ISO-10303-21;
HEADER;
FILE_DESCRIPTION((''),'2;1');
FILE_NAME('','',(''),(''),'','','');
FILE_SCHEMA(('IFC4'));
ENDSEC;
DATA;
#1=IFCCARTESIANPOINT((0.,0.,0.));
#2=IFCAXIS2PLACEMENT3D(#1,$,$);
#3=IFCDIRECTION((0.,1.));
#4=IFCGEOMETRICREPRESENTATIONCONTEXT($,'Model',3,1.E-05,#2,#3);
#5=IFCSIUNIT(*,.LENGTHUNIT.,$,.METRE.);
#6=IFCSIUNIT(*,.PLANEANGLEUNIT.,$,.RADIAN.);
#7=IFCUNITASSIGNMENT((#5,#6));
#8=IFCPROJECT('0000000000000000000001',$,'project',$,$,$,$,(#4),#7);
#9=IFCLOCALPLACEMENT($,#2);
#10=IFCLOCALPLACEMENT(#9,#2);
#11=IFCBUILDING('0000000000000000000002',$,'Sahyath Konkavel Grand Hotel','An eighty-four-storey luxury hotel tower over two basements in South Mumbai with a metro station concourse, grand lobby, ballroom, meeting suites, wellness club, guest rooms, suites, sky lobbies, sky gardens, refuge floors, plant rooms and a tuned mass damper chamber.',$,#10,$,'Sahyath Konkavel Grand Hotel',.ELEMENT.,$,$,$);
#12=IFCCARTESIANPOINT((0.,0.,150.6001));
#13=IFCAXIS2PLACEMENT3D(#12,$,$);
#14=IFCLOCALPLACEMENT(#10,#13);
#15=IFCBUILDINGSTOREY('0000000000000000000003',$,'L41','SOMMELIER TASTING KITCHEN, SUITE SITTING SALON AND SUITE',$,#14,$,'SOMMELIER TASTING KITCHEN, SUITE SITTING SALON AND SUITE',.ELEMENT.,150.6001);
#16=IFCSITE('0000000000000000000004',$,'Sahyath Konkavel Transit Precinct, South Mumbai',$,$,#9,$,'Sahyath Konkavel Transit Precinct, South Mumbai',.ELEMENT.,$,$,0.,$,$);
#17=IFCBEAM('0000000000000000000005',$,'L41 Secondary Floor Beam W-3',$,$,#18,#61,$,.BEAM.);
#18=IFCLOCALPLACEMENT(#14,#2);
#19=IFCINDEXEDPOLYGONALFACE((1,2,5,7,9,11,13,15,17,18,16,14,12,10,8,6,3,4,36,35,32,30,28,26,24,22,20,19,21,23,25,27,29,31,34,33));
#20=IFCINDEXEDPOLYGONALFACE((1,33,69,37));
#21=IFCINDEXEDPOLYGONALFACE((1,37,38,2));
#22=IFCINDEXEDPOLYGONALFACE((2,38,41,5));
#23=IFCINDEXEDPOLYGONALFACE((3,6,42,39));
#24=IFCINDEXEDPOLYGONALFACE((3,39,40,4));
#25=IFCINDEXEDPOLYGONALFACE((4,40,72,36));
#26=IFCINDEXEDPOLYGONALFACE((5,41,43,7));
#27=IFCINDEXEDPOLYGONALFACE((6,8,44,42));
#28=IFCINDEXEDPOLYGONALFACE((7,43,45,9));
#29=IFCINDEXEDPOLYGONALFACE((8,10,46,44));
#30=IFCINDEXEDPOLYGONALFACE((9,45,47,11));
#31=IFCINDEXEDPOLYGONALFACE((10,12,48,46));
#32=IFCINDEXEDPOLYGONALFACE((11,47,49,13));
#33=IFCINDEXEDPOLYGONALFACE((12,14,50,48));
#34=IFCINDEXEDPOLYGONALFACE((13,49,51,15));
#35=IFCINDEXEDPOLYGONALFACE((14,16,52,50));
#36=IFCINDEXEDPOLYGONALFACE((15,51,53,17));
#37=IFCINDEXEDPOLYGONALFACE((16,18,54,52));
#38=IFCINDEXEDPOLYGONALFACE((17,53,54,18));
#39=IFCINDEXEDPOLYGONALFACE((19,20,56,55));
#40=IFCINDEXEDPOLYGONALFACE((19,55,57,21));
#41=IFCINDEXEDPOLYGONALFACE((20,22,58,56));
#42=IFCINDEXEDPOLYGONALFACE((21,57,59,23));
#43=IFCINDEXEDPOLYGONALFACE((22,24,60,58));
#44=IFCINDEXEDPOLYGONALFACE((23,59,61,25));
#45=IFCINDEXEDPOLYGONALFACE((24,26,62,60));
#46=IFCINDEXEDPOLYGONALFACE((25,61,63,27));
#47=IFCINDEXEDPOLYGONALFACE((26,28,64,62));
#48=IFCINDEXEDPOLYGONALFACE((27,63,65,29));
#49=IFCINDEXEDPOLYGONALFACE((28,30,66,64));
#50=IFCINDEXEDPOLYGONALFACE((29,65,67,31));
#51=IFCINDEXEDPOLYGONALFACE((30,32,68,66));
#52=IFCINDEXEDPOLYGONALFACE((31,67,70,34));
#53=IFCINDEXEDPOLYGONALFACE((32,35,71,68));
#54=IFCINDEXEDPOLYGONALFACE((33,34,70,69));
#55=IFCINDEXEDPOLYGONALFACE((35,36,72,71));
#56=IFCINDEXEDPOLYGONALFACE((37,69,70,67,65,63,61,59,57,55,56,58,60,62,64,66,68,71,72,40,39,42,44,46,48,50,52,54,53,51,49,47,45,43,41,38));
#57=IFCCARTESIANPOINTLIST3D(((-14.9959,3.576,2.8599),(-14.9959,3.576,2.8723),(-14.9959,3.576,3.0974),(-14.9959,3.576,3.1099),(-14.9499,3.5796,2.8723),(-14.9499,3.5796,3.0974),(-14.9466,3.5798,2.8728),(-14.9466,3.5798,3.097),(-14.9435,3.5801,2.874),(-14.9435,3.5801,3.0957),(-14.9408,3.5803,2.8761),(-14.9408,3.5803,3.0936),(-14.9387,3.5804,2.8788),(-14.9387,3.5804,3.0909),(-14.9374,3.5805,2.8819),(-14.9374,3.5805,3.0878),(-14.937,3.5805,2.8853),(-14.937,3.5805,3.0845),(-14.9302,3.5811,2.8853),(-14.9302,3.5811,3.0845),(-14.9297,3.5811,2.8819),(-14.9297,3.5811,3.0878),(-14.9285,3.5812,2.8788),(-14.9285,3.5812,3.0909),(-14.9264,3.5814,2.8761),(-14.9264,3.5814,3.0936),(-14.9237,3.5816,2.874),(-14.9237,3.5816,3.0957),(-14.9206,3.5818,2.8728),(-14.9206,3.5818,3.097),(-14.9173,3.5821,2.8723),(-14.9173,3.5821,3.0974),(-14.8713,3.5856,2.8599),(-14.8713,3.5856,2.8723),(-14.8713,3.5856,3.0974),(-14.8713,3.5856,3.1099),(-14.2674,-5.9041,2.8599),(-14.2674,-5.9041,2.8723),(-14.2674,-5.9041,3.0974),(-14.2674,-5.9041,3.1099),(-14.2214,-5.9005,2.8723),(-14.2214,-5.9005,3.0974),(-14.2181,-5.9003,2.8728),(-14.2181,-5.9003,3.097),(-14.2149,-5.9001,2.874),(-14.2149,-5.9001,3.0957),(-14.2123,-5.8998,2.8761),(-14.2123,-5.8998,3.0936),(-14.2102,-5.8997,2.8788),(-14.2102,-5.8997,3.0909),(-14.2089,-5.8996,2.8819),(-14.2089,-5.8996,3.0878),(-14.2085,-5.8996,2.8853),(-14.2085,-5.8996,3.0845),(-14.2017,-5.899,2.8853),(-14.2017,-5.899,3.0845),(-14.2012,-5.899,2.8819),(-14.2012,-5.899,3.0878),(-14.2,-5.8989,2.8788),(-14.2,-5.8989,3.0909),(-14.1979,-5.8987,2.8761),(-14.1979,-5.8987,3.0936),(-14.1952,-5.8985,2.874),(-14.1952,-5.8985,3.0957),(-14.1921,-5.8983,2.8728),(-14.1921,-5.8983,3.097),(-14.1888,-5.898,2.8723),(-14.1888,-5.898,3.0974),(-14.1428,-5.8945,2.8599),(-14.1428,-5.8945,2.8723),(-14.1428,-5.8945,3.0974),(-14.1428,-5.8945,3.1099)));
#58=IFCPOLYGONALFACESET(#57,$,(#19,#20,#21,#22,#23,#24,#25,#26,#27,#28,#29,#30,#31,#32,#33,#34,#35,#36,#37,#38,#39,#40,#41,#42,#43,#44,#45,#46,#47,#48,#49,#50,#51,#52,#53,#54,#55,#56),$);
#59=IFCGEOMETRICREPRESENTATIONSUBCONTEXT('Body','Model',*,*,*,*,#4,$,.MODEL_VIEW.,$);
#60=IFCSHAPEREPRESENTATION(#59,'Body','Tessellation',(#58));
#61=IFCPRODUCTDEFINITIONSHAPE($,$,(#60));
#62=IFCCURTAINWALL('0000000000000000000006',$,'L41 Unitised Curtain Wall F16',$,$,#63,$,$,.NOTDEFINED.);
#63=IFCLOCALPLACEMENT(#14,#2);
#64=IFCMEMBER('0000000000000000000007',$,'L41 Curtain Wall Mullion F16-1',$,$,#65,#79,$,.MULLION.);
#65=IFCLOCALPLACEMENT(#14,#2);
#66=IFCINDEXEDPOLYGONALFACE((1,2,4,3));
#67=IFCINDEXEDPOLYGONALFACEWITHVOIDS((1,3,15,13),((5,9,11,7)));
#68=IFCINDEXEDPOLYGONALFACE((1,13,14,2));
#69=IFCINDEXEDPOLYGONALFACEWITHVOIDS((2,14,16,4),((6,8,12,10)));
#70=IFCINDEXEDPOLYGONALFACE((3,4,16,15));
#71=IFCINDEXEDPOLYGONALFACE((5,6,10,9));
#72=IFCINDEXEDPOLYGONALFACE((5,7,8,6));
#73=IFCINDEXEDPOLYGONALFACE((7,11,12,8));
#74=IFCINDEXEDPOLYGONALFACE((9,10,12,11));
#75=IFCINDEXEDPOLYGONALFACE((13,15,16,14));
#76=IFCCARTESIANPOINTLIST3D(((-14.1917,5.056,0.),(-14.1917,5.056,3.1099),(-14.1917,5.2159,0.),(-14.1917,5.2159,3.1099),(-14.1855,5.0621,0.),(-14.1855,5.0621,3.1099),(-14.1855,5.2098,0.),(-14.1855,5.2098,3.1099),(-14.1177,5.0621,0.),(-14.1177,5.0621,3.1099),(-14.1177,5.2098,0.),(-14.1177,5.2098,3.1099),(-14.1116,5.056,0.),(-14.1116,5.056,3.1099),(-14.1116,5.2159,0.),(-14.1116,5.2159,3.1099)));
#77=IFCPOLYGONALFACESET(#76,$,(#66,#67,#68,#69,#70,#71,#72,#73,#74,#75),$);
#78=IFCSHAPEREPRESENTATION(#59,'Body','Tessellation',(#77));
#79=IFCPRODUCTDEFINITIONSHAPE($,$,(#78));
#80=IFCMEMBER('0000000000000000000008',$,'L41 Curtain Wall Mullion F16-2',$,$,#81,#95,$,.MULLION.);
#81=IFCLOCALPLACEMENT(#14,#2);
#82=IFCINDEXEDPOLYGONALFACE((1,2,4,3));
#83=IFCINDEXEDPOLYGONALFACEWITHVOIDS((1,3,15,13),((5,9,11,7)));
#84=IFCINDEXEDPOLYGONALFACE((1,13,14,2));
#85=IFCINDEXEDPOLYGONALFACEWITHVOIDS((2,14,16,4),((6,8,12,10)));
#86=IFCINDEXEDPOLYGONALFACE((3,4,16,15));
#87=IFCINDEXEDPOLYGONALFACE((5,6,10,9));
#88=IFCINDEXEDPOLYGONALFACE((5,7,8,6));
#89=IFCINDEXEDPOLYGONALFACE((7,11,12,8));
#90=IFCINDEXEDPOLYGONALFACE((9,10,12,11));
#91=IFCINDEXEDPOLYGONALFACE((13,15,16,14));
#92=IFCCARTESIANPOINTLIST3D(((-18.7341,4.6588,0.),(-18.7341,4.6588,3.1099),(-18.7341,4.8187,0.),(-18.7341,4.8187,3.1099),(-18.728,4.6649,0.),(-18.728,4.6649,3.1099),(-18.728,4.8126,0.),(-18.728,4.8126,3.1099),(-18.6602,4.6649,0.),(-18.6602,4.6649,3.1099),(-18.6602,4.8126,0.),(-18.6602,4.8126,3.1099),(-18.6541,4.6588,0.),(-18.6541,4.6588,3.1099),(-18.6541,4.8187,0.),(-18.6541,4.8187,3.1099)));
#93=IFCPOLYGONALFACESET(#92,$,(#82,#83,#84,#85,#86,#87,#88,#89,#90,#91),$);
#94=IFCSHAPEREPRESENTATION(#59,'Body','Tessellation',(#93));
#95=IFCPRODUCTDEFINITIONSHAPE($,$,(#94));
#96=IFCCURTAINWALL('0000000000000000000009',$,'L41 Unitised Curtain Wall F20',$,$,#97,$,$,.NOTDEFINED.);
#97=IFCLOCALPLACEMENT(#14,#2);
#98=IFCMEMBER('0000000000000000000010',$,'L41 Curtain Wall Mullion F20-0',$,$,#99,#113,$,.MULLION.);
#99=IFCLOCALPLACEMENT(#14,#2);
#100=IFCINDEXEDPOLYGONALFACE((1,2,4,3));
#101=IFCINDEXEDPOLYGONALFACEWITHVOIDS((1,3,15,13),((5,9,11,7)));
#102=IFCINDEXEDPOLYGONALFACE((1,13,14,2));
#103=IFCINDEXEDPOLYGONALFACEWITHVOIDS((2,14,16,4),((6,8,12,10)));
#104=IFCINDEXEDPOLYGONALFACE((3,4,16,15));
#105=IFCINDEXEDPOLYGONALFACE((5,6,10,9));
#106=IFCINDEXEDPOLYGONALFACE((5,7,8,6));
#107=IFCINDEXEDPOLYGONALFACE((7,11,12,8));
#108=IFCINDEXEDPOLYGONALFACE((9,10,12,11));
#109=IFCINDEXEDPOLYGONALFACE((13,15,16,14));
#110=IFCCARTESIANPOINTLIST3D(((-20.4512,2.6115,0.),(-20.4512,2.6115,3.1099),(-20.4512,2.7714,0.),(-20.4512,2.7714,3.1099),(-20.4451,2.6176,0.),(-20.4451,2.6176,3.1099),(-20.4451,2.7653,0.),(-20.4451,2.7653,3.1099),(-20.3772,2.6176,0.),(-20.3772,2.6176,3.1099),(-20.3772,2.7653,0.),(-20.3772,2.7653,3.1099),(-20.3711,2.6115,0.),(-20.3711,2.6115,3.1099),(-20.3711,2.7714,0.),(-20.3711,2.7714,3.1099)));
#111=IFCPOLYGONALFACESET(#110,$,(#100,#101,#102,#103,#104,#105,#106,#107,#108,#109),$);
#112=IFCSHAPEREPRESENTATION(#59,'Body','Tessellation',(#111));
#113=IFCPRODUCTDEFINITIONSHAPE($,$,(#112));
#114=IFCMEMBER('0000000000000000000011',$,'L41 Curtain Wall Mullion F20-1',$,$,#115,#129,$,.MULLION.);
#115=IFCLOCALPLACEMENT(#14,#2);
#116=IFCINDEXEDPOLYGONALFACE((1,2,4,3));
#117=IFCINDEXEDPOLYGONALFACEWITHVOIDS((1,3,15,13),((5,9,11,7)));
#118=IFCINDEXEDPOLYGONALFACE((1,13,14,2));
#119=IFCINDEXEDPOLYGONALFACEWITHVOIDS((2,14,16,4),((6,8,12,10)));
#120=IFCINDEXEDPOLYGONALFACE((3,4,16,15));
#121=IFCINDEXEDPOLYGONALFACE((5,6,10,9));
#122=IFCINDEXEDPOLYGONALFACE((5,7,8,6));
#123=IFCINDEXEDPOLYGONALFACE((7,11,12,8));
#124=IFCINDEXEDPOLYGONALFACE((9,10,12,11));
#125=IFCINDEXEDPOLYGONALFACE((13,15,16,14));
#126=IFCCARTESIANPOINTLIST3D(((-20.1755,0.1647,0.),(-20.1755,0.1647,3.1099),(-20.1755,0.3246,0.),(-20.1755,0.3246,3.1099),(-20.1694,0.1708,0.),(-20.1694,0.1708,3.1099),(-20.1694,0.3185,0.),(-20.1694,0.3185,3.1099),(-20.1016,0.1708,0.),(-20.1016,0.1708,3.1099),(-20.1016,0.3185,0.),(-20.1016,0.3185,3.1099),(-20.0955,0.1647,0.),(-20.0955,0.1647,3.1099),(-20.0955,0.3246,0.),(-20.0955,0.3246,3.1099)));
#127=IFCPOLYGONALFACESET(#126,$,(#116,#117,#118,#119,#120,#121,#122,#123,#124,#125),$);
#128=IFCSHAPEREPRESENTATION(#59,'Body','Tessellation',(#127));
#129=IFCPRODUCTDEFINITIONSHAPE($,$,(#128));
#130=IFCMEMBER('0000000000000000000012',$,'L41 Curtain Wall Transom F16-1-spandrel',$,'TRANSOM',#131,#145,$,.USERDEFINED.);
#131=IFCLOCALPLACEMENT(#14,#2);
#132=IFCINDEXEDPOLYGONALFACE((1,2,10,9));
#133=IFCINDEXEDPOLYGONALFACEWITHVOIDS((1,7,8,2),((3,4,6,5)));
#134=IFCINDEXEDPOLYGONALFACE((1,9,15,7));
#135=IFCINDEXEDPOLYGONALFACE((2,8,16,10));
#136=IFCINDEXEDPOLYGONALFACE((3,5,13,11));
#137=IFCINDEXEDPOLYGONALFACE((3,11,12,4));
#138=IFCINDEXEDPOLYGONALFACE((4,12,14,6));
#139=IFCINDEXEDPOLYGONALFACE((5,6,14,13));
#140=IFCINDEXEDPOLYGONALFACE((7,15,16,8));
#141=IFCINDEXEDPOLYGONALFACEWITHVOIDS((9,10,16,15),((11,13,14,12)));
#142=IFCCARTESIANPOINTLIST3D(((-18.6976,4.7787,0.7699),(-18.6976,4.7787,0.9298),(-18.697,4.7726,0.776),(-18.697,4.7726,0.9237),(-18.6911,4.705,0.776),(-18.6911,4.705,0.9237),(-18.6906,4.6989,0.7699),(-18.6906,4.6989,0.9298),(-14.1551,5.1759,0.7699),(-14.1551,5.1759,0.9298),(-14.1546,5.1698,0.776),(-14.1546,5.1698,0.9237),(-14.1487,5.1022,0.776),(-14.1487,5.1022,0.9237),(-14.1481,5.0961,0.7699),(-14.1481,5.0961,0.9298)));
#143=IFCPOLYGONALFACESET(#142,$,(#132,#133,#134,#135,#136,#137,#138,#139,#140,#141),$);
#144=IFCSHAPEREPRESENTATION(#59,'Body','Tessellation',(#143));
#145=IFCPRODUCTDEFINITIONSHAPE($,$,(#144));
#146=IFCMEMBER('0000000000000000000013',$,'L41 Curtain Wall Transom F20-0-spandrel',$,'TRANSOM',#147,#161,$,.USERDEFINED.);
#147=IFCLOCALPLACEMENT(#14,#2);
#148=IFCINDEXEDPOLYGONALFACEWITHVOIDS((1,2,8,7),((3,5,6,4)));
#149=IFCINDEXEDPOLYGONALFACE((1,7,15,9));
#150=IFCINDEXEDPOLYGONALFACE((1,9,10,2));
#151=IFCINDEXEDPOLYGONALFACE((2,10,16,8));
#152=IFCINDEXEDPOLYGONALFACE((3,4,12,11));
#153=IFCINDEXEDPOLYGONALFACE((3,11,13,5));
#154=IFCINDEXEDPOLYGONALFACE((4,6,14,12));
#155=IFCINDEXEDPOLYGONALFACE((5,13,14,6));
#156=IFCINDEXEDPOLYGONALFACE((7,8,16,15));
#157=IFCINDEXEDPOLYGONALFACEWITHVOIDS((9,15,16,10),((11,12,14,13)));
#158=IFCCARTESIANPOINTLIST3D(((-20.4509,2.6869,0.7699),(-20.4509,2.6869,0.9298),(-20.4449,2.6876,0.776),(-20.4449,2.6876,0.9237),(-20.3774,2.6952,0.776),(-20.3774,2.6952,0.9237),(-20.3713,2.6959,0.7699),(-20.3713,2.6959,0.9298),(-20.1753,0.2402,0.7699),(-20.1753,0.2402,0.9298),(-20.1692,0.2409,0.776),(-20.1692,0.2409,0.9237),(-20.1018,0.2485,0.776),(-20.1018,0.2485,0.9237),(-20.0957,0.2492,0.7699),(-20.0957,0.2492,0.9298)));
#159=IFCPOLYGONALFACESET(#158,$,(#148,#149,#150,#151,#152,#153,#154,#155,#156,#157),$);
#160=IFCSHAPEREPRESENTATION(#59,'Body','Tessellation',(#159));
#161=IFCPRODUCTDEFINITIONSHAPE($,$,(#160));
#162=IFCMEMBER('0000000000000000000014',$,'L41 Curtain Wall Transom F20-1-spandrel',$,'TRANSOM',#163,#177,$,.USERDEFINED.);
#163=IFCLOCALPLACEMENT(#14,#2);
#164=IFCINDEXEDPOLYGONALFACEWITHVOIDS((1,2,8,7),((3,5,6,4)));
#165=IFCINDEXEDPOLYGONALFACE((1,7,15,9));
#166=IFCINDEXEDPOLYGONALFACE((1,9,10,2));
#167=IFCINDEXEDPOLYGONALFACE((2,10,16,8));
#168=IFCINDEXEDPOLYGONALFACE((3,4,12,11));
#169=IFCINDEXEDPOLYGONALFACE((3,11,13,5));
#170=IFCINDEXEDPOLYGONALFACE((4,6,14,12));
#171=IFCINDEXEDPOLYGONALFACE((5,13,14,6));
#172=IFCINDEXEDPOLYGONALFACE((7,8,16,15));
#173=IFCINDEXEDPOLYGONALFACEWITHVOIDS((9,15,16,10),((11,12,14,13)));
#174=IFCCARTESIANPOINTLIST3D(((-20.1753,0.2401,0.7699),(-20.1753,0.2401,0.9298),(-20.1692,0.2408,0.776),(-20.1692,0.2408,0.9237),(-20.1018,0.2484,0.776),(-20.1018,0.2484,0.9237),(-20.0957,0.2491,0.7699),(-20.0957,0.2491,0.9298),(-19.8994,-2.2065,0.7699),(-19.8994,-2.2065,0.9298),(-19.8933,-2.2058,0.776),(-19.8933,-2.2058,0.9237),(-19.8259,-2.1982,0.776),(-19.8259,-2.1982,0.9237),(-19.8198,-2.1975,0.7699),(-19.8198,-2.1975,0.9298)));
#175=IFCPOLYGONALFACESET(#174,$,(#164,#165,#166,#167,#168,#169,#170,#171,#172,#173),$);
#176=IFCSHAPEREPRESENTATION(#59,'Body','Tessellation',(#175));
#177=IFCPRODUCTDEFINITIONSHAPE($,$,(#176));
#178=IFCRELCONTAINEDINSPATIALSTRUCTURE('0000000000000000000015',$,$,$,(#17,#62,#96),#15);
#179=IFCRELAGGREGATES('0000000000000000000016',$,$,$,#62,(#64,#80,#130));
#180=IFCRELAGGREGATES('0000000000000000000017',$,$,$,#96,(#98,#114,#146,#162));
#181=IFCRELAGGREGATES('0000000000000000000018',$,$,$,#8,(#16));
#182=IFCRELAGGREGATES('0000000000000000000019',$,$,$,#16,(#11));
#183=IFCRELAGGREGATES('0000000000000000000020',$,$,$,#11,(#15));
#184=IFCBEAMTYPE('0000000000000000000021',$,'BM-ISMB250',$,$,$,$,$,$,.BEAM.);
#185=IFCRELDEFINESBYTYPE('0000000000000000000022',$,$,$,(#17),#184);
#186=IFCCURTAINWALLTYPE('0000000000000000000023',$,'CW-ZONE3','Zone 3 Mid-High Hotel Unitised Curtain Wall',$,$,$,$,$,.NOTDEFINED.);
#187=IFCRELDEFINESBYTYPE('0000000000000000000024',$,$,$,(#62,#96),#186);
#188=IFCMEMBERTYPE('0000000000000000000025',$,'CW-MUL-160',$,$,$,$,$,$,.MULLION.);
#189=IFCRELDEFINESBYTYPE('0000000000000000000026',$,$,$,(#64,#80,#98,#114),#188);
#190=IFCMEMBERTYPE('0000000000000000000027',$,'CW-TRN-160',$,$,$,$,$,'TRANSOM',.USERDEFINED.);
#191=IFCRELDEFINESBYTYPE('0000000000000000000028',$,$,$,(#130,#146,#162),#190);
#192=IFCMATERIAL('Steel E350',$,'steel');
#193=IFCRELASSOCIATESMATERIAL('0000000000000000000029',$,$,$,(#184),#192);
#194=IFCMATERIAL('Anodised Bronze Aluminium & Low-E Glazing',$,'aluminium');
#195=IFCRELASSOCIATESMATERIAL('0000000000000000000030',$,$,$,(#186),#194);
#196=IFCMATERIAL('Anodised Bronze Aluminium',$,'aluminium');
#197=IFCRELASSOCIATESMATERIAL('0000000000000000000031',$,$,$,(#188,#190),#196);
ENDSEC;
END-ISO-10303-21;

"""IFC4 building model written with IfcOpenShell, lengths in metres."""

from ifc_helpers import new_model, si_unit, direction, frame, origin, origin_2d, place, context, subcontext, project, spatial, hollow_rectangle, i_section, extrude, source, transform, mapped, material, material_profile, profile_set, type_object, element, aggregate, save


model = new_model("IFC4")

# Units and contexts
model_context = context("Model", 3, precision=1e-05, world=origin(), true_north=direction((0.0, 1.0)))
body_context = subcontext(model_context, "Body", "Model", "MODEL_VIEW")
ifc_project = project(units=[si_unit("LENGTHUNIT", "METRE"), si_unit("PLANEANGLEUNIT", "RADIAN")], contexts=[model_context])

# Site, building, storey
site_placement = place(None, origin())
site = spatial("IfcSite", under=ifc_project, at=site_placement, Name="Sahyath Konkavel Transit Precinct, South Mumbai", LongName="Sahyath Konkavel Transit Precinct, South Mumbai", CompositionType="ELEMENT", RefElevation=0.0)
building_placement = place(site_placement, origin())
building = spatial("IfcBuilding", under=site, at=building_placement, Name="Sahyath Konkavel Grand Hotel", Description="An eighty-four-storey luxury hotel tower over two basements in South Mumbai with a metro station concourse, grand lobby, ballroom, meeting suites, wellness club, guest rooms, suites, sky lobbies, sky gardens, refuge floors, plant rooms and a tuned mass damper chamber.", LongName="Sahyath Konkavel Grand Hotel", CompositionType="ELEMENT")
storey_placement = place(building_placement, frame((0.0, 0.0, 150.6001)))
storey = spatial("IfcBuildingStorey", under=building, at=storey_placement, Name="L41", Description="SOMMELIER TASTING KITCHEN, SUITE SITTING SALON AND SUITE", LongName="SOMMELIER TASTING KITCHEN, SUITE SITTING SALON AND SUITE", CompositionType="ELEMENT", Elevation=150.6001)

# Beam
ifc_material_1 = material(Name="Steel E350", Category="steel")
ifc_material_profile_1 = material_profile(ifc_material_1, i_section(OverallWidth=0.125, OverallDepth=0.25, WebThickness=0.0068, FlangeThickness=0.0125, FilletRadius=0.0129, at=origin_2d()), Name="ISMB 250")
ifc_profile_set_1 = profile_set([ifc_material_profile_1], Name="Steel E350")
beam_type_1 = type_object("IfcBeamType", Name="BM-ISMB250", PredefinedType="BEAM", material=ifc_profile_set_1)
shared_shape_1 = source(origin(), body_context, "Body", "SweptSolid", [
    extrude(i_section(OverallWidth=0.125, OverallDepth=0.25, WebThickness=0.0068, FlangeThickness=0.0125, FilletRadius=0.0129, at=origin_2d()), origin(), (0.0, 0.0, 1.0), 9.5081),
])
beam_1_placement = place(storey_placement, frame((-14.9336, 3.5808, 2.9849), z_axis=(0.07662, -0.99706, 0.0), x_axis=(0.99706, 0.07662, 0.0)))
element("IfcBeam", 1, at=beam_1_placement, inside=storey, type_object=beam_type_1, Name="L41 Secondary Floor Beam W-3", PredefinedType="BEAM", context=body_context, shape_type="MappedRepresentation", body=[
    mapped(shared_shape_1, transform((0.0, 0.0, 0.0), scale=1.0)),
])

# Curtain walls, members
ifc_material_2 = material(Name="Anodised Bronze Aluminium & Low-E Glazing", Category="aluminium")
curtain_wall_type = type_object("IfcCurtainWallType", Name="CW-ZONE3", Description="Zone 3 Mid-High Hotel Unitised Curtain Wall", PredefinedType="NOTDEFINED", material=ifc_material_2)
curtain_wall_1_placement = place(storey_placement, origin())
curtain_wall_1 = element("IfcCurtainWall", 2, at=curtain_wall_1_placement, inside=storey, type_object=curtain_wall_type, Name="L41 Unitised Curtain Wall F16", PredefinedType="NOTDEFINED")
ifc_material_3 = material(Name="Anodised Bronze Aluminium", Category="aluminium")
ifc_material_profile_2 = material_profile(ifc_material_3, hollow_rectangle(XDim=0.0801, YDim=0.1599, WallThickness=0.0061, at=origin_2d()), Name="RHS 160x80x6")
ifc_profile_set_2 = profile_set([ifc_material_profile_2], Name="Anodised Bronze Aluminium")
member_type_1 = type_object("IfcMemberType", Name="CW-MUL-160", PredefinedType="MULLION", material=ifc_profile_set_2)
shared_shape_2 = source(origin(), body_context, "Body", "SweptSolid", [
    extrude(hollow_rectangle(XDim=0.0801, YDim=0.1599, WallThickness=0.0061, at=origin_2d()), origin(), (0.0, 0.0, 1.0), 3.1099),
])
member_1_placement = place(storey_placement, frame((-14.1516, 5.136, 0.0), z_axis=(0.0, 0.0, 1.0), x_axis=(1.0, 0.0, 0.0)))
member_1 = element("IfcMember", 3, at=member_1_placement, type_object=member_type_1, Name="L41 Curtain Wall Mullion F16-1", PredefinedType="MULLION", context=body_context, shape_type="MappedRepresentation", body=[
    mapped(shared_shape_2, transform((0.0, 0.0, 0.0), scale=1.0)),
])
member_2_placement = place(storey_placement, frame((-18.6941, 4.7388, 0.0), z_axis=(0.0, 0.0, 1.0), x_axis=(1.0, 0.0, 0.0)))
member_2 = element("IfcMember", 4, at=member_2_placement, type_object=member_type_1, Name="L41 Curtain Wall Mullion F16-2", PredefinedType="MULLION", context=body_context, shape_type="MappedRepresentation", body=[
    mapped(shared_shape_2, transform((0.0, 0.0, 0.0), scale=1.0)),
])
curtain_wall_2_placement = place(storey_placement, origin())
curtain_wall_2 = element("IfcCurtainWall", 5, at=curtain_wall_2_placement, inside=storey, type_object=curtain_wall_type, Name="L41 Unitised Curtain Wall F20", PredefinedType="NOTDEFINED")
member_3_placement = place(storey_placement, frame((-20.4111, 2.6914, 0.0), z_axis=(0.0, 0.0, 1.0), x_axis=(1.0, 0.0, 0.0)))
member_3 = element("IfcMember", 6, at=member_3_placement, type_object=member_type_1, Name="L41 Curtain Wall Mullion F20-0", PredefinedType="MULLION", context=body_context, shape_type="MappedRepresentation", body=[
    mapped(shared_shape_2, transform((0.0, 0.0, 0.0), scale=1.0)),
])
member_4_placement = place(storey_placement, frame((-20.1355, 0.2446, 0.0), z_axis=(0.0, 0.0, 1.0), x_axis=(1.0, 0.0, 0.0)))
member_4 = element("IfcMember", 7, at=member_4_placement, type_object=member_type_1, Name="L41 Curtain Wall Mullion F20-1", PredefinedType="MULLION", context=body_context, shape_type="MappedRepresentation", body=[
    mapped(shared_shape_2, transform((0.0, 0.0, 0.0), scale=1.0)),
])

# Members
ifc_material_profile_3 = material_profile(ifc_material_3, hollow_rectangle(XDim=0.0801, YDim=0.1599, WallThickness=0.0061, at=origin_2d()), Name="RHS 160x80x6")
ifc_profile_set_3 = profile_set([ifc_material_profile_3], Name="Anodised Bronze Aluminium")
member_type_2 = type_object("IfcMemberType", Name="CW-TRN-160", ElementType="TRANSOM", PredefinedType="USERDEFINED", material=ifc_profile_set_3)
shared_shape_3 = source(origin(), body_context, "Body", "SweptSolid", [
    extrude(hollow_rectangle(XDim=0.0801, YDim=0.1599, WallThickness=0.0061, at=origin_2d()), origin(), (0.0, 0.0, 1.0), 4.5598),
])
member_5_placement = place(storey_placement, frame((-14.1516, 5.136, 0.8499), z_axis=(-0.996198, -0.087112, 0.0), x_axis=(0.087112, -0.996198, 0.0)))
member_5 = element("IfcMember", 8, at=member_5_placement, type_object=member_type_2, Name="L41 Curtain Wall Transom F16-1-spandrel", ObjectType="TRANSOM", PredefinedType="USERDEFINED", context=body_context, shape_type="MappedRepresentation", body=[
    mapped(shared_shape_3, transform((0.0, 0.0, 0.0), scale=1.0)),
])
shared_shape_4 = source(origin(), body_context, "Body", "SweptSolid", [
    extrude(hollow_rectangle(XDim=0.0801, YDim=0.1599, WallThickness=0.0061, at=origin_2d()), origin(), (0.0, 0.0, 1.0), 2.4622),
])
member_6_placement = place(storey_placement, frame((-20.4111, 2.6914, 0.8499), z_axis=(0.111944, -0.993715, 0.0), x_axis=(0.993715, 0.111944, 0.0)))
member_6 = element("IfcMember", 9, at=member_6_placement, type_object=member_type_2, Name="L41 Curtain Wall Transom F20-0-spandrel", ObjectType="TRANSOM", PredefinedType="USERDEFINED", context=body_context, shape_type="MappedRepresentation", body=[
    mapped(shared_shape_4, transform((0.0, 0.0, 0.0), scale=1.0)),
])
member_7_placement = place(storey_placement, frame((-20.1355, 0.2446, 0.8499), z_axis=(0.112053, -0.993702, 0.0), x_axis=(0.993702, 0.112053, 0.0)))
member_7 = element("IfcMember", 10, at=member_7_placement, type_object=member_type_2, Name="L41 Curtain Wall Transom F20-1-spandrel", ObjectType="TRANSOM", PredefinedType="USERDEFINED", context=body_context, shape_type="MappedRepresentation", body=[
    mapped(shared_shape_4, transform((0.0, 0.0, 0.0), scale=1.0)),
])

aggregate(curtain_wall_1, [member_1, member_2, member_5])
aggregate(curtain_wall_2, [member_3, member_4, member_6, member_7])

save(model, "model.ifc")
